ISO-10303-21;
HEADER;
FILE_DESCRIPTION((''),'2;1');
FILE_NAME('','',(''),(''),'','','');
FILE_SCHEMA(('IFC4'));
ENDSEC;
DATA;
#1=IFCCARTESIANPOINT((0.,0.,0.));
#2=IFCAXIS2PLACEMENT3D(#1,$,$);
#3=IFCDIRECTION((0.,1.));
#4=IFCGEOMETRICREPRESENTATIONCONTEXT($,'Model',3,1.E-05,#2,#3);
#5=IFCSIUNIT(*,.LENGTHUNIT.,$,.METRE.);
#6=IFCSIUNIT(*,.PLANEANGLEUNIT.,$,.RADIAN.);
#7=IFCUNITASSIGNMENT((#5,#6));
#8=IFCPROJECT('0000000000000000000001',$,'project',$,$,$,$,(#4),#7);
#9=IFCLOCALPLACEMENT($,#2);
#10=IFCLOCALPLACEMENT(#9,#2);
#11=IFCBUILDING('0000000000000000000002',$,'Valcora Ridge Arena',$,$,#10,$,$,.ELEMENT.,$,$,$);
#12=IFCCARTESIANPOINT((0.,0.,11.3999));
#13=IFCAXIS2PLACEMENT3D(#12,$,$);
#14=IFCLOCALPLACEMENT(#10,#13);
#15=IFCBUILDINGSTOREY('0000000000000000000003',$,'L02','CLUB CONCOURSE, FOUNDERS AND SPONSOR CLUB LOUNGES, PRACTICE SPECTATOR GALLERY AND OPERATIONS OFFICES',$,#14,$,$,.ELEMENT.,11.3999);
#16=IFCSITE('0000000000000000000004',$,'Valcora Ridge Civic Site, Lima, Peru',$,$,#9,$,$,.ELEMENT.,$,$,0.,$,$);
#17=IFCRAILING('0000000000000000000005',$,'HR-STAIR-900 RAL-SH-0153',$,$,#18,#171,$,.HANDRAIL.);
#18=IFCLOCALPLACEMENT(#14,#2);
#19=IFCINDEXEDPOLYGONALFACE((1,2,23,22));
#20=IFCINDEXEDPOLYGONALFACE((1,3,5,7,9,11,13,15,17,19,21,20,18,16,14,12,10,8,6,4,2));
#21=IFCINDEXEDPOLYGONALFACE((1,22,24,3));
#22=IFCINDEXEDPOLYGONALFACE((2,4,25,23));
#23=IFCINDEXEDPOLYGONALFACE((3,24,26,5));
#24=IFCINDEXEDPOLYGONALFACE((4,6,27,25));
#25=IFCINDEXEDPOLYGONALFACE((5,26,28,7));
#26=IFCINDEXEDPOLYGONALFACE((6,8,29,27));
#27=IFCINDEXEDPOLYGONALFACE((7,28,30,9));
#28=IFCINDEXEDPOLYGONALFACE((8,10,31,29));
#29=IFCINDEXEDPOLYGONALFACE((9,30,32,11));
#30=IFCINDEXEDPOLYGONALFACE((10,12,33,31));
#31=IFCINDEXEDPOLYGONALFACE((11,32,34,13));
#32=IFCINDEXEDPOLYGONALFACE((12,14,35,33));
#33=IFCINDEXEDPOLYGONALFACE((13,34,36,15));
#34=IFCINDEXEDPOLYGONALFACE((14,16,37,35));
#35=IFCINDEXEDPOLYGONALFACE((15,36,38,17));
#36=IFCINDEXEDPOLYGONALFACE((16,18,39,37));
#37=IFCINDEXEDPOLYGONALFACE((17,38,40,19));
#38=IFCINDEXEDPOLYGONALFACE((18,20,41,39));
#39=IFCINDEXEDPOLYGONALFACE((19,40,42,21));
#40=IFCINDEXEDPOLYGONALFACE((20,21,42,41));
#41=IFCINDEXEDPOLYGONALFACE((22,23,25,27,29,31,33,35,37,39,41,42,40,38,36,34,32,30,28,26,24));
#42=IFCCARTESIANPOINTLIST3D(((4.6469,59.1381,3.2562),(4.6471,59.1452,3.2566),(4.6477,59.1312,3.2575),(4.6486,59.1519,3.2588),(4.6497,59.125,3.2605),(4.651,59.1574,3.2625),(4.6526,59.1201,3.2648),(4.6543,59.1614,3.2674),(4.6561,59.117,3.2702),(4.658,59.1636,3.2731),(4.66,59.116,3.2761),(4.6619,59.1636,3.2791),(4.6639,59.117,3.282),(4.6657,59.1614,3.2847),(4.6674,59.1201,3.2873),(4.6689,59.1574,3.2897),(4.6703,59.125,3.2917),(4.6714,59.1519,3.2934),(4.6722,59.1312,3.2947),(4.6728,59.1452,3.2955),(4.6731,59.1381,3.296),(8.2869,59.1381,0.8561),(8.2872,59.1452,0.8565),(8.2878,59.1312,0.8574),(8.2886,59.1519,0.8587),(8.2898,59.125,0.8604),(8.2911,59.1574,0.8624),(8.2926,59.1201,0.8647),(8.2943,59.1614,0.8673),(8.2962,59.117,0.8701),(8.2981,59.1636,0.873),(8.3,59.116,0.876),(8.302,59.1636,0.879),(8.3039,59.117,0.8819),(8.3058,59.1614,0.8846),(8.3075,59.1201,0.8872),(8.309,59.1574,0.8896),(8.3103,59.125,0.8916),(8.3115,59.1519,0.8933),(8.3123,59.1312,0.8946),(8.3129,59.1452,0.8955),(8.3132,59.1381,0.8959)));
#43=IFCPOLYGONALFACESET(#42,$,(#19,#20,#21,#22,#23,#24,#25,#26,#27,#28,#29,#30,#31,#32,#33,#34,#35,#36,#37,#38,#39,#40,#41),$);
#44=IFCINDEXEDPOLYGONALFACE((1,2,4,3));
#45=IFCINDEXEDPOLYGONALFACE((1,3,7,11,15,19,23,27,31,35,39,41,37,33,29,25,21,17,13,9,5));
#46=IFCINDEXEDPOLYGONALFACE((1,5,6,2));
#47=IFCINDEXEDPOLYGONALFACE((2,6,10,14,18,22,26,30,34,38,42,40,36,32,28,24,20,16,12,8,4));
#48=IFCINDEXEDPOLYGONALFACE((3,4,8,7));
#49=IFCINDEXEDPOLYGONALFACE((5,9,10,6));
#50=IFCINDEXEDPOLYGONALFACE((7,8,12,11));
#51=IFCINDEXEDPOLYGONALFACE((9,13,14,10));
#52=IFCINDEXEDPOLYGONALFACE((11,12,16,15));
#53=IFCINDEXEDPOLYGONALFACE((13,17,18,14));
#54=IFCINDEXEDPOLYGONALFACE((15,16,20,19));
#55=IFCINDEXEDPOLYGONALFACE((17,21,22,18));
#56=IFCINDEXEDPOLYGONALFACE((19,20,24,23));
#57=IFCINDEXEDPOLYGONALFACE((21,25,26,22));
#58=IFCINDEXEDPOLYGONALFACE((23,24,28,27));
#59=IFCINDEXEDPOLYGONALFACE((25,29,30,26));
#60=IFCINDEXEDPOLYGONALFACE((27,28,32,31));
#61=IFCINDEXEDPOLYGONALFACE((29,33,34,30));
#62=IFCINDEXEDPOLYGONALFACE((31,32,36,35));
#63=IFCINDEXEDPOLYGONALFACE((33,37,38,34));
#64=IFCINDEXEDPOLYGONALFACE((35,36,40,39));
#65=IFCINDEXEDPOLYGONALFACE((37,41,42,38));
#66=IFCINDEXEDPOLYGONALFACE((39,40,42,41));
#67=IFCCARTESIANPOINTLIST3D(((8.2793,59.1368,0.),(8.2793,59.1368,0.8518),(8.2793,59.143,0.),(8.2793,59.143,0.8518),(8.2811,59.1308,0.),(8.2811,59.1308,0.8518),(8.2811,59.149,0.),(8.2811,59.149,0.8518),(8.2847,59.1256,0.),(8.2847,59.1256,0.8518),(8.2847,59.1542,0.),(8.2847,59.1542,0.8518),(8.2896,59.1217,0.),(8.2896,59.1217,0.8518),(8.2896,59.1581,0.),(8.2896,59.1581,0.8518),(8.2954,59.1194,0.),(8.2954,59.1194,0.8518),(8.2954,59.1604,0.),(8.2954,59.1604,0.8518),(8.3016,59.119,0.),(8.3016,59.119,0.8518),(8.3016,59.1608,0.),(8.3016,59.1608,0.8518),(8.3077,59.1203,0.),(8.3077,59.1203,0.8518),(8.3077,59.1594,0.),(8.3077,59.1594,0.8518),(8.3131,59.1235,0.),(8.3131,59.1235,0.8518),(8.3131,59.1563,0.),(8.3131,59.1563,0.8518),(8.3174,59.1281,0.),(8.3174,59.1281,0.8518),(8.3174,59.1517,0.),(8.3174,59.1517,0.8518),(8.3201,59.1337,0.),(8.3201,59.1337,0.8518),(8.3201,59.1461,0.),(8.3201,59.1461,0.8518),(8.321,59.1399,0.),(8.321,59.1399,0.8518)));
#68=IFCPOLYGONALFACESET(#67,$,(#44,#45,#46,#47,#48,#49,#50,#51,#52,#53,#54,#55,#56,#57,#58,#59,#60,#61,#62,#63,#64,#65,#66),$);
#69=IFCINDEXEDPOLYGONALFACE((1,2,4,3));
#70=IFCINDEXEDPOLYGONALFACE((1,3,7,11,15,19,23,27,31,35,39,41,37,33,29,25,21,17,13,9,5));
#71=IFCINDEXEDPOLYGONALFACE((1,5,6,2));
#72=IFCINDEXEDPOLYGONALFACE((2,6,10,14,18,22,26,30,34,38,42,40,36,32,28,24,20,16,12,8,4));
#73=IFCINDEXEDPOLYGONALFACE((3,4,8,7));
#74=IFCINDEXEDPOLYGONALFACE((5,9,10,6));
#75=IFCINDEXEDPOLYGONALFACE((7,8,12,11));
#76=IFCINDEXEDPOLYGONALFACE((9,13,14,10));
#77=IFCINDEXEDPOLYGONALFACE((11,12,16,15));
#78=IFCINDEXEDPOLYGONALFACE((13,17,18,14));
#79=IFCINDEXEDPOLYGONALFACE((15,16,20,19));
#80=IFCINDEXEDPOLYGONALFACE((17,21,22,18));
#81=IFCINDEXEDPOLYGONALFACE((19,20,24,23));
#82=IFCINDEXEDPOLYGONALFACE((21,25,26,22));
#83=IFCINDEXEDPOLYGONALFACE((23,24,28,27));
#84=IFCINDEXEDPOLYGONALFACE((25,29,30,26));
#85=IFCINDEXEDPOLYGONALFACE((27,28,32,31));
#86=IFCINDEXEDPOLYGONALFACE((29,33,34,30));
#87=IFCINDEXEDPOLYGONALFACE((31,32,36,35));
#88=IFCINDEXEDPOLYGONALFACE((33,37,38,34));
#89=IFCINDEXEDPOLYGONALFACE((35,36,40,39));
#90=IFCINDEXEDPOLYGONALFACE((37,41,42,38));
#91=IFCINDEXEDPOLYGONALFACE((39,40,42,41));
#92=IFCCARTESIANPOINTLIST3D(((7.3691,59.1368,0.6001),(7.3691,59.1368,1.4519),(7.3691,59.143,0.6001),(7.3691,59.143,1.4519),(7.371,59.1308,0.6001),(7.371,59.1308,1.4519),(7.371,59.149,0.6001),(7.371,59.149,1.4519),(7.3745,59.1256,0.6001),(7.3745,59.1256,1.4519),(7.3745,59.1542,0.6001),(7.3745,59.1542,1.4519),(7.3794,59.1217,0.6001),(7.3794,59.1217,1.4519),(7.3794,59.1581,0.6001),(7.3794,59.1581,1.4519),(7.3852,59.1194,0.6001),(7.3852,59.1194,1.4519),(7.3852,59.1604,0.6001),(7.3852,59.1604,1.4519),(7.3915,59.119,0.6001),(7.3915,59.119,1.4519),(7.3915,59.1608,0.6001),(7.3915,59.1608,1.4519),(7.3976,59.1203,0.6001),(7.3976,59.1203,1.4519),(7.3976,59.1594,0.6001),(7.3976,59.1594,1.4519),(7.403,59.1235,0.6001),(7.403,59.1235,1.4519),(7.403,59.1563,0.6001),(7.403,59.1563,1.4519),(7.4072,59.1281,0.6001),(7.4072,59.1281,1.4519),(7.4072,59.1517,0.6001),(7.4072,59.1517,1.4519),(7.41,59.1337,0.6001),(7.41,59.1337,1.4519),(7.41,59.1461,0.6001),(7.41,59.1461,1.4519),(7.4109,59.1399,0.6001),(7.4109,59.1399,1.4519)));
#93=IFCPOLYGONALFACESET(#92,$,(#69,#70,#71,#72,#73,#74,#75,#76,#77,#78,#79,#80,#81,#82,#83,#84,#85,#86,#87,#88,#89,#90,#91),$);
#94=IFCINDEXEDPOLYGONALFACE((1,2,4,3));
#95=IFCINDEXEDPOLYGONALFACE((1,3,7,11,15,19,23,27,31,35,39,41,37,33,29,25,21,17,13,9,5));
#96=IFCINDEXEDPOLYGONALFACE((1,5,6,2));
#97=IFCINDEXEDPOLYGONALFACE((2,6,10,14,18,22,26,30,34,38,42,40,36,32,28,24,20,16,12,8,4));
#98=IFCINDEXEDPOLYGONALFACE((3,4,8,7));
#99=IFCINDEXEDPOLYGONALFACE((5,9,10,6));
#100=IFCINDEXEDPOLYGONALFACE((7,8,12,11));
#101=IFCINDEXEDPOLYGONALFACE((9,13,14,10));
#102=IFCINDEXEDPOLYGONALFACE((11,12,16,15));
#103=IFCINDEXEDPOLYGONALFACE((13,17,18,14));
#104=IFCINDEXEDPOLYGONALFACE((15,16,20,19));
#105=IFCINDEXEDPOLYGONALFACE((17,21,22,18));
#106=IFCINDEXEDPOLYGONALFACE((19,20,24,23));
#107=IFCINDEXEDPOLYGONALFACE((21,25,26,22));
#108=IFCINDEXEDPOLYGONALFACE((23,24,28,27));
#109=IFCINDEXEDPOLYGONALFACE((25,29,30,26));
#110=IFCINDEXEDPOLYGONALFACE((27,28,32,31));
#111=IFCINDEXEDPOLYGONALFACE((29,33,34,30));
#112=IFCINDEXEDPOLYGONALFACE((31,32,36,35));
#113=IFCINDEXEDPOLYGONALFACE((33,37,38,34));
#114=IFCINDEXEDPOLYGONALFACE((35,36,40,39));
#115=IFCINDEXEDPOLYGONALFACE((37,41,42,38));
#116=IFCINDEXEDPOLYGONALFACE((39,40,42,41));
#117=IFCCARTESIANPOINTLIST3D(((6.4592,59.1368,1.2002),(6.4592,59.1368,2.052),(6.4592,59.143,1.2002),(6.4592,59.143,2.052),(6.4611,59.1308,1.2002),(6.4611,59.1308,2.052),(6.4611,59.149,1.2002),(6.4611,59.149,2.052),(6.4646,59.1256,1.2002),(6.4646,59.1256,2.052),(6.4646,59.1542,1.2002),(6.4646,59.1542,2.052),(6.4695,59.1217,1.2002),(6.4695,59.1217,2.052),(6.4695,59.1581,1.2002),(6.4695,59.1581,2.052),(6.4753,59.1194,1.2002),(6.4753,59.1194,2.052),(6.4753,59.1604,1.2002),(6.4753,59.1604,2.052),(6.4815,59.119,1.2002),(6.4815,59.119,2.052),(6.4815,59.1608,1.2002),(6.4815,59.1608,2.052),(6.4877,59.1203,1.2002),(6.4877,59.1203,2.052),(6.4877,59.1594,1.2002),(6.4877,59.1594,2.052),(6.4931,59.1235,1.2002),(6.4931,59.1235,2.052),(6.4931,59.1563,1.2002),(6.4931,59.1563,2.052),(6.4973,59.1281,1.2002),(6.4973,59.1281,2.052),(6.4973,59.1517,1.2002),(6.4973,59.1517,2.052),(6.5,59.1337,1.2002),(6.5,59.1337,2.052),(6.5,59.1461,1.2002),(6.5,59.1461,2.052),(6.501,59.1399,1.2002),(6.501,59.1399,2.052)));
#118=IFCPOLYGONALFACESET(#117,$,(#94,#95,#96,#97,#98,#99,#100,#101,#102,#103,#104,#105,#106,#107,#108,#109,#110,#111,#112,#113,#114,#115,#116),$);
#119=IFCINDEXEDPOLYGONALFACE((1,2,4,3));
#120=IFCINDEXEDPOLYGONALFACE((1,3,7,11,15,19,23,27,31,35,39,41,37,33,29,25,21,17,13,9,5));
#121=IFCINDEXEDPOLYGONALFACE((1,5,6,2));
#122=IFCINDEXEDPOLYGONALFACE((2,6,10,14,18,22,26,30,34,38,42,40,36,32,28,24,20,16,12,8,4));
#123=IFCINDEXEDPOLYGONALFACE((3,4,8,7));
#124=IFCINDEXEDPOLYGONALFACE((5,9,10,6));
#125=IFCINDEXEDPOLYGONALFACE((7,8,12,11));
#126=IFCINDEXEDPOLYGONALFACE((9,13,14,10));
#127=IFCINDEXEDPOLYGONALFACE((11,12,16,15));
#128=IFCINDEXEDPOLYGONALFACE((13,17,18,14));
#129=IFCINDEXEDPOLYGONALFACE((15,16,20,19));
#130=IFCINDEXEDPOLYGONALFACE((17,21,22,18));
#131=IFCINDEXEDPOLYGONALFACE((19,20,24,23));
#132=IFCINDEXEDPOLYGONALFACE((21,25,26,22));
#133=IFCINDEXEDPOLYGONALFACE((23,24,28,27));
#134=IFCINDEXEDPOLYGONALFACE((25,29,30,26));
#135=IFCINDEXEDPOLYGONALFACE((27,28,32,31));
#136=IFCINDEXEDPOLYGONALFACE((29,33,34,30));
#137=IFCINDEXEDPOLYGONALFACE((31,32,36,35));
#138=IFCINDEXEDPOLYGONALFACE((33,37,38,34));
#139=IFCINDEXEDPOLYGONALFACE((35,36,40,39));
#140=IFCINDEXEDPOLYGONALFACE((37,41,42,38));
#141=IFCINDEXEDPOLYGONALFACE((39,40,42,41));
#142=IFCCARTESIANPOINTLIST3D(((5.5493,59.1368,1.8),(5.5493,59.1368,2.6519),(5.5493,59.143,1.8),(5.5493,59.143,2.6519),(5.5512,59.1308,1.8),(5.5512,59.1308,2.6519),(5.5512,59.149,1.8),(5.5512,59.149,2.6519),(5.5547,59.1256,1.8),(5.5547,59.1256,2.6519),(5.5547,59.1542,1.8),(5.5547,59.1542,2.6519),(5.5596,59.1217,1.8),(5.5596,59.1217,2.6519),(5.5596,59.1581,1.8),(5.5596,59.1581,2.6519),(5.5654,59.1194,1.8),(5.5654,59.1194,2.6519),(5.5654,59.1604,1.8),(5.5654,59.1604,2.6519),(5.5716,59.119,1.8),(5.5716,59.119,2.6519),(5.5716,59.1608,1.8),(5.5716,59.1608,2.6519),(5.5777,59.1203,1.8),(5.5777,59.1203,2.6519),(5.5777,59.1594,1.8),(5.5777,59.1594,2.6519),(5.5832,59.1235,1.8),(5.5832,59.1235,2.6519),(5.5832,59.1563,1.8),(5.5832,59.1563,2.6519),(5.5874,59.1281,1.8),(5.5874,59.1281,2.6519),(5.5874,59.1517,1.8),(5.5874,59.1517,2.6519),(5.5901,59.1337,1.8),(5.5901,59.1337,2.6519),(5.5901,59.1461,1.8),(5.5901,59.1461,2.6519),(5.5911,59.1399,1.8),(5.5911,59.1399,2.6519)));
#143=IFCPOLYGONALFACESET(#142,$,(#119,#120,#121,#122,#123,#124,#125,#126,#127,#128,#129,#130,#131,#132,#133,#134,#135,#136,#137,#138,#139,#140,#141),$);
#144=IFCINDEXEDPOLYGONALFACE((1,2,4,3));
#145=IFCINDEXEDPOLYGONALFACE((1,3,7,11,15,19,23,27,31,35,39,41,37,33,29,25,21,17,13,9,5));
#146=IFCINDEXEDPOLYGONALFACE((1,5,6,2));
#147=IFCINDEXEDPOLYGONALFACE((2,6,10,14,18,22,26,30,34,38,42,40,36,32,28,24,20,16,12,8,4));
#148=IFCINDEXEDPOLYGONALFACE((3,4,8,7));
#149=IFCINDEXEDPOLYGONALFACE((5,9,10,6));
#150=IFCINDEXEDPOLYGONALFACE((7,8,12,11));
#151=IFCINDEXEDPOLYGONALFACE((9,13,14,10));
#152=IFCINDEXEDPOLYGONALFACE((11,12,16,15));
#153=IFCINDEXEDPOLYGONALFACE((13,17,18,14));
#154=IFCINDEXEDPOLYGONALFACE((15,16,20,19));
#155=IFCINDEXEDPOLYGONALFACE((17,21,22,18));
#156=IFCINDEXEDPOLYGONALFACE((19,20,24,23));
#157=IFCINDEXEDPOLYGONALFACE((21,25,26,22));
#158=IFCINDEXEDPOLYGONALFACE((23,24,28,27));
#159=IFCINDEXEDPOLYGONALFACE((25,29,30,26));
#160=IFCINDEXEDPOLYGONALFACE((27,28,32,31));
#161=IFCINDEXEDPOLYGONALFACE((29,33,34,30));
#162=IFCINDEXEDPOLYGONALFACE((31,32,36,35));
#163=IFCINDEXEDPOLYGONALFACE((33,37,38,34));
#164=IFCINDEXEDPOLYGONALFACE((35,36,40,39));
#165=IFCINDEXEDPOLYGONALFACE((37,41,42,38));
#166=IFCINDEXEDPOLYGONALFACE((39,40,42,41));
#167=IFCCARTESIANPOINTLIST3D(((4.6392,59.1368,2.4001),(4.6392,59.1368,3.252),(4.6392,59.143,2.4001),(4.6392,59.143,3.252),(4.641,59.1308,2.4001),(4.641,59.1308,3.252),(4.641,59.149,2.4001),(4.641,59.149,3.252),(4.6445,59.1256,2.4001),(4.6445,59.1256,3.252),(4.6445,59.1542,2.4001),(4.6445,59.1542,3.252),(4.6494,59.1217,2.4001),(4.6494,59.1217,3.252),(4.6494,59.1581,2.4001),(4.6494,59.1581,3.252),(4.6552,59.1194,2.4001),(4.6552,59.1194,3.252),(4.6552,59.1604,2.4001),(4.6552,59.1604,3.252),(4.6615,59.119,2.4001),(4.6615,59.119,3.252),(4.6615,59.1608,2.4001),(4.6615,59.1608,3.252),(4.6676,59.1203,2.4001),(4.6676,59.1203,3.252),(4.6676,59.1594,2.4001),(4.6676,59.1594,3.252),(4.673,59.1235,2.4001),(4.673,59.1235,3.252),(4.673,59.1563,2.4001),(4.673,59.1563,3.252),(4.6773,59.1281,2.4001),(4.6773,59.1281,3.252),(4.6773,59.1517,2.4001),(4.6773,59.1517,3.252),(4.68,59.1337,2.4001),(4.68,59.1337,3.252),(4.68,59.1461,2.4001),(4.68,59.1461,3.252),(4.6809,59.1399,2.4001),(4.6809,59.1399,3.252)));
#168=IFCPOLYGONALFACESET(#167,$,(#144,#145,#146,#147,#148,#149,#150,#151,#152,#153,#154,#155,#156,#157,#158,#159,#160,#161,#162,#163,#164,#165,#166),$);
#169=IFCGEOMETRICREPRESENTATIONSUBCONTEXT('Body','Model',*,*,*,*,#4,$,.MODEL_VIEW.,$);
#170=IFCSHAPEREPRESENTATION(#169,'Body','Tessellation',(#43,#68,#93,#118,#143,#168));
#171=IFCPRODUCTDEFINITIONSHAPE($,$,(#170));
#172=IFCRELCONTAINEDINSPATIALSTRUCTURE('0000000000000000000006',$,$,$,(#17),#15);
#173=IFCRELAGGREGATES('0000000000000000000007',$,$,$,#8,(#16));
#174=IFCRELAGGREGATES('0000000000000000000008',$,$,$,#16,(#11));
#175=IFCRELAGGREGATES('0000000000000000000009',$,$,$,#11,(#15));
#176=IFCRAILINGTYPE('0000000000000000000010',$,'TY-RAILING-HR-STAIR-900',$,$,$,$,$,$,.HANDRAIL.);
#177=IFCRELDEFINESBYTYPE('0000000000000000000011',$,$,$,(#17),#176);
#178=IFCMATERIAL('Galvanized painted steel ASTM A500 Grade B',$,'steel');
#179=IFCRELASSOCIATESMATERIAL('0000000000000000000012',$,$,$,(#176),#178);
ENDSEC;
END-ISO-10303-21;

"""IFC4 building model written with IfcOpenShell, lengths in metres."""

from ifc_helpers import new_model, si_unit, direction, frame, origin, origin_2d, place, context, subcontext, project, spatial, circle, extrude, material, type_object, element, save


model = new_model("IFC4")

# Units and contexts
model_context = context("Model", 3, precision=1e-05, world=origin(), true_north=direction((0.0, 1.0)))
body_context = subcontext(model_context, "Body", "Model", "MODEL_VIEW")
ifc_project = project(units=[si_unit("LENGTHUNIT", "METRE"), si_unit("PLANEANGLEUNIT", "RADIAN")], contexts=[model_context])

# Site, building, storey
site_placement = place(None, origin())
site = spatial("IfcSite", under=ifc_project, at=site_placement, Name="Valcora Ridge Civic Site, Lima, Peru", CompositionType="ELEMENT", RefElevation=0.0)
building_placement = place(site_placement, origin())
building = spatial("IfcBuilding", under=site, at=building_placement, Name="Valcora Ridge Arena", CompositionType="ELEMENT")
storey_placement = place(building_placement, frame((0.0, 0.0, 11.3999)))
storey = spatial("IfcBuildingStorey", under=building, at=storey_placement, Name="L02", Description="CLUB CONCOURSE, FOUNDERS AND SPONSOR CLUB LOUNGES, PRACTICE SPECTATOR GALLERY AND OPERATIONS OFFICES", CompositionType="ELEMENT", Elevation=11.3999)

# Railing
ifc_material_1 = material(Name="Galvanized painted steel ASTM A500 Grade B", Category="steel")
railing_type_1 = type_object("IfcRailingType", Name="TY-RAILING-HR-STAIR-900", PredefinedType="HANDRAIL", material=ifc_material_1)
railing_1_placement = place(storey_placement, frame((8.3, 59.1399, 0.0)))
element("IfcRailing", 1, at=railing_1_placement, inside=storey, type_object=railing_type_1, Name="HR-STAIR-900 RAL-SH-0153", PredefinedType="HANDRAIL", context=body_context, shape_type="SweptSolid", body=[
    extrude(circle(Radius=0.0239, at=origin_2d()), frame((0.0, 0.0, 0.876), z_axis=(-0.834856, 0.0, 0.550468), x_axis=(0.0, -1.0, 0.0)), (0.0, 0.0, 1.0), 4.3601),
    extrude(circle(Radius=0.021, at=origin_2d()), origin(), (0.0, 0.0, 1.0), 0.8518),
    extrude(circle(Radius=0.021, at=origin_2d()), frame((-0.9102, 0.0, 0.6001)), (0.0, 0.0, 1.0), 0.8518),
    extrude(circle(Radius=0.021, at=origin_2d()), frame((-1.8201, 0.0, 1.2002)), (0.0, 0.0, 1.0), 0.8518),
    extrude(circle(Radius=0.021, at=origin_2d()), frame((-2.73, 0.0, 1.8)), (0.0, 0.0, 1.0), 0.8518),
    extrude(circle(Radius=0.021, at=origin_2d()), frame((-3.6401, 0.0, 2.4001)), (0.0, 0.0, 1.0), 0.8518),
])

save(model, "model.ifc")
